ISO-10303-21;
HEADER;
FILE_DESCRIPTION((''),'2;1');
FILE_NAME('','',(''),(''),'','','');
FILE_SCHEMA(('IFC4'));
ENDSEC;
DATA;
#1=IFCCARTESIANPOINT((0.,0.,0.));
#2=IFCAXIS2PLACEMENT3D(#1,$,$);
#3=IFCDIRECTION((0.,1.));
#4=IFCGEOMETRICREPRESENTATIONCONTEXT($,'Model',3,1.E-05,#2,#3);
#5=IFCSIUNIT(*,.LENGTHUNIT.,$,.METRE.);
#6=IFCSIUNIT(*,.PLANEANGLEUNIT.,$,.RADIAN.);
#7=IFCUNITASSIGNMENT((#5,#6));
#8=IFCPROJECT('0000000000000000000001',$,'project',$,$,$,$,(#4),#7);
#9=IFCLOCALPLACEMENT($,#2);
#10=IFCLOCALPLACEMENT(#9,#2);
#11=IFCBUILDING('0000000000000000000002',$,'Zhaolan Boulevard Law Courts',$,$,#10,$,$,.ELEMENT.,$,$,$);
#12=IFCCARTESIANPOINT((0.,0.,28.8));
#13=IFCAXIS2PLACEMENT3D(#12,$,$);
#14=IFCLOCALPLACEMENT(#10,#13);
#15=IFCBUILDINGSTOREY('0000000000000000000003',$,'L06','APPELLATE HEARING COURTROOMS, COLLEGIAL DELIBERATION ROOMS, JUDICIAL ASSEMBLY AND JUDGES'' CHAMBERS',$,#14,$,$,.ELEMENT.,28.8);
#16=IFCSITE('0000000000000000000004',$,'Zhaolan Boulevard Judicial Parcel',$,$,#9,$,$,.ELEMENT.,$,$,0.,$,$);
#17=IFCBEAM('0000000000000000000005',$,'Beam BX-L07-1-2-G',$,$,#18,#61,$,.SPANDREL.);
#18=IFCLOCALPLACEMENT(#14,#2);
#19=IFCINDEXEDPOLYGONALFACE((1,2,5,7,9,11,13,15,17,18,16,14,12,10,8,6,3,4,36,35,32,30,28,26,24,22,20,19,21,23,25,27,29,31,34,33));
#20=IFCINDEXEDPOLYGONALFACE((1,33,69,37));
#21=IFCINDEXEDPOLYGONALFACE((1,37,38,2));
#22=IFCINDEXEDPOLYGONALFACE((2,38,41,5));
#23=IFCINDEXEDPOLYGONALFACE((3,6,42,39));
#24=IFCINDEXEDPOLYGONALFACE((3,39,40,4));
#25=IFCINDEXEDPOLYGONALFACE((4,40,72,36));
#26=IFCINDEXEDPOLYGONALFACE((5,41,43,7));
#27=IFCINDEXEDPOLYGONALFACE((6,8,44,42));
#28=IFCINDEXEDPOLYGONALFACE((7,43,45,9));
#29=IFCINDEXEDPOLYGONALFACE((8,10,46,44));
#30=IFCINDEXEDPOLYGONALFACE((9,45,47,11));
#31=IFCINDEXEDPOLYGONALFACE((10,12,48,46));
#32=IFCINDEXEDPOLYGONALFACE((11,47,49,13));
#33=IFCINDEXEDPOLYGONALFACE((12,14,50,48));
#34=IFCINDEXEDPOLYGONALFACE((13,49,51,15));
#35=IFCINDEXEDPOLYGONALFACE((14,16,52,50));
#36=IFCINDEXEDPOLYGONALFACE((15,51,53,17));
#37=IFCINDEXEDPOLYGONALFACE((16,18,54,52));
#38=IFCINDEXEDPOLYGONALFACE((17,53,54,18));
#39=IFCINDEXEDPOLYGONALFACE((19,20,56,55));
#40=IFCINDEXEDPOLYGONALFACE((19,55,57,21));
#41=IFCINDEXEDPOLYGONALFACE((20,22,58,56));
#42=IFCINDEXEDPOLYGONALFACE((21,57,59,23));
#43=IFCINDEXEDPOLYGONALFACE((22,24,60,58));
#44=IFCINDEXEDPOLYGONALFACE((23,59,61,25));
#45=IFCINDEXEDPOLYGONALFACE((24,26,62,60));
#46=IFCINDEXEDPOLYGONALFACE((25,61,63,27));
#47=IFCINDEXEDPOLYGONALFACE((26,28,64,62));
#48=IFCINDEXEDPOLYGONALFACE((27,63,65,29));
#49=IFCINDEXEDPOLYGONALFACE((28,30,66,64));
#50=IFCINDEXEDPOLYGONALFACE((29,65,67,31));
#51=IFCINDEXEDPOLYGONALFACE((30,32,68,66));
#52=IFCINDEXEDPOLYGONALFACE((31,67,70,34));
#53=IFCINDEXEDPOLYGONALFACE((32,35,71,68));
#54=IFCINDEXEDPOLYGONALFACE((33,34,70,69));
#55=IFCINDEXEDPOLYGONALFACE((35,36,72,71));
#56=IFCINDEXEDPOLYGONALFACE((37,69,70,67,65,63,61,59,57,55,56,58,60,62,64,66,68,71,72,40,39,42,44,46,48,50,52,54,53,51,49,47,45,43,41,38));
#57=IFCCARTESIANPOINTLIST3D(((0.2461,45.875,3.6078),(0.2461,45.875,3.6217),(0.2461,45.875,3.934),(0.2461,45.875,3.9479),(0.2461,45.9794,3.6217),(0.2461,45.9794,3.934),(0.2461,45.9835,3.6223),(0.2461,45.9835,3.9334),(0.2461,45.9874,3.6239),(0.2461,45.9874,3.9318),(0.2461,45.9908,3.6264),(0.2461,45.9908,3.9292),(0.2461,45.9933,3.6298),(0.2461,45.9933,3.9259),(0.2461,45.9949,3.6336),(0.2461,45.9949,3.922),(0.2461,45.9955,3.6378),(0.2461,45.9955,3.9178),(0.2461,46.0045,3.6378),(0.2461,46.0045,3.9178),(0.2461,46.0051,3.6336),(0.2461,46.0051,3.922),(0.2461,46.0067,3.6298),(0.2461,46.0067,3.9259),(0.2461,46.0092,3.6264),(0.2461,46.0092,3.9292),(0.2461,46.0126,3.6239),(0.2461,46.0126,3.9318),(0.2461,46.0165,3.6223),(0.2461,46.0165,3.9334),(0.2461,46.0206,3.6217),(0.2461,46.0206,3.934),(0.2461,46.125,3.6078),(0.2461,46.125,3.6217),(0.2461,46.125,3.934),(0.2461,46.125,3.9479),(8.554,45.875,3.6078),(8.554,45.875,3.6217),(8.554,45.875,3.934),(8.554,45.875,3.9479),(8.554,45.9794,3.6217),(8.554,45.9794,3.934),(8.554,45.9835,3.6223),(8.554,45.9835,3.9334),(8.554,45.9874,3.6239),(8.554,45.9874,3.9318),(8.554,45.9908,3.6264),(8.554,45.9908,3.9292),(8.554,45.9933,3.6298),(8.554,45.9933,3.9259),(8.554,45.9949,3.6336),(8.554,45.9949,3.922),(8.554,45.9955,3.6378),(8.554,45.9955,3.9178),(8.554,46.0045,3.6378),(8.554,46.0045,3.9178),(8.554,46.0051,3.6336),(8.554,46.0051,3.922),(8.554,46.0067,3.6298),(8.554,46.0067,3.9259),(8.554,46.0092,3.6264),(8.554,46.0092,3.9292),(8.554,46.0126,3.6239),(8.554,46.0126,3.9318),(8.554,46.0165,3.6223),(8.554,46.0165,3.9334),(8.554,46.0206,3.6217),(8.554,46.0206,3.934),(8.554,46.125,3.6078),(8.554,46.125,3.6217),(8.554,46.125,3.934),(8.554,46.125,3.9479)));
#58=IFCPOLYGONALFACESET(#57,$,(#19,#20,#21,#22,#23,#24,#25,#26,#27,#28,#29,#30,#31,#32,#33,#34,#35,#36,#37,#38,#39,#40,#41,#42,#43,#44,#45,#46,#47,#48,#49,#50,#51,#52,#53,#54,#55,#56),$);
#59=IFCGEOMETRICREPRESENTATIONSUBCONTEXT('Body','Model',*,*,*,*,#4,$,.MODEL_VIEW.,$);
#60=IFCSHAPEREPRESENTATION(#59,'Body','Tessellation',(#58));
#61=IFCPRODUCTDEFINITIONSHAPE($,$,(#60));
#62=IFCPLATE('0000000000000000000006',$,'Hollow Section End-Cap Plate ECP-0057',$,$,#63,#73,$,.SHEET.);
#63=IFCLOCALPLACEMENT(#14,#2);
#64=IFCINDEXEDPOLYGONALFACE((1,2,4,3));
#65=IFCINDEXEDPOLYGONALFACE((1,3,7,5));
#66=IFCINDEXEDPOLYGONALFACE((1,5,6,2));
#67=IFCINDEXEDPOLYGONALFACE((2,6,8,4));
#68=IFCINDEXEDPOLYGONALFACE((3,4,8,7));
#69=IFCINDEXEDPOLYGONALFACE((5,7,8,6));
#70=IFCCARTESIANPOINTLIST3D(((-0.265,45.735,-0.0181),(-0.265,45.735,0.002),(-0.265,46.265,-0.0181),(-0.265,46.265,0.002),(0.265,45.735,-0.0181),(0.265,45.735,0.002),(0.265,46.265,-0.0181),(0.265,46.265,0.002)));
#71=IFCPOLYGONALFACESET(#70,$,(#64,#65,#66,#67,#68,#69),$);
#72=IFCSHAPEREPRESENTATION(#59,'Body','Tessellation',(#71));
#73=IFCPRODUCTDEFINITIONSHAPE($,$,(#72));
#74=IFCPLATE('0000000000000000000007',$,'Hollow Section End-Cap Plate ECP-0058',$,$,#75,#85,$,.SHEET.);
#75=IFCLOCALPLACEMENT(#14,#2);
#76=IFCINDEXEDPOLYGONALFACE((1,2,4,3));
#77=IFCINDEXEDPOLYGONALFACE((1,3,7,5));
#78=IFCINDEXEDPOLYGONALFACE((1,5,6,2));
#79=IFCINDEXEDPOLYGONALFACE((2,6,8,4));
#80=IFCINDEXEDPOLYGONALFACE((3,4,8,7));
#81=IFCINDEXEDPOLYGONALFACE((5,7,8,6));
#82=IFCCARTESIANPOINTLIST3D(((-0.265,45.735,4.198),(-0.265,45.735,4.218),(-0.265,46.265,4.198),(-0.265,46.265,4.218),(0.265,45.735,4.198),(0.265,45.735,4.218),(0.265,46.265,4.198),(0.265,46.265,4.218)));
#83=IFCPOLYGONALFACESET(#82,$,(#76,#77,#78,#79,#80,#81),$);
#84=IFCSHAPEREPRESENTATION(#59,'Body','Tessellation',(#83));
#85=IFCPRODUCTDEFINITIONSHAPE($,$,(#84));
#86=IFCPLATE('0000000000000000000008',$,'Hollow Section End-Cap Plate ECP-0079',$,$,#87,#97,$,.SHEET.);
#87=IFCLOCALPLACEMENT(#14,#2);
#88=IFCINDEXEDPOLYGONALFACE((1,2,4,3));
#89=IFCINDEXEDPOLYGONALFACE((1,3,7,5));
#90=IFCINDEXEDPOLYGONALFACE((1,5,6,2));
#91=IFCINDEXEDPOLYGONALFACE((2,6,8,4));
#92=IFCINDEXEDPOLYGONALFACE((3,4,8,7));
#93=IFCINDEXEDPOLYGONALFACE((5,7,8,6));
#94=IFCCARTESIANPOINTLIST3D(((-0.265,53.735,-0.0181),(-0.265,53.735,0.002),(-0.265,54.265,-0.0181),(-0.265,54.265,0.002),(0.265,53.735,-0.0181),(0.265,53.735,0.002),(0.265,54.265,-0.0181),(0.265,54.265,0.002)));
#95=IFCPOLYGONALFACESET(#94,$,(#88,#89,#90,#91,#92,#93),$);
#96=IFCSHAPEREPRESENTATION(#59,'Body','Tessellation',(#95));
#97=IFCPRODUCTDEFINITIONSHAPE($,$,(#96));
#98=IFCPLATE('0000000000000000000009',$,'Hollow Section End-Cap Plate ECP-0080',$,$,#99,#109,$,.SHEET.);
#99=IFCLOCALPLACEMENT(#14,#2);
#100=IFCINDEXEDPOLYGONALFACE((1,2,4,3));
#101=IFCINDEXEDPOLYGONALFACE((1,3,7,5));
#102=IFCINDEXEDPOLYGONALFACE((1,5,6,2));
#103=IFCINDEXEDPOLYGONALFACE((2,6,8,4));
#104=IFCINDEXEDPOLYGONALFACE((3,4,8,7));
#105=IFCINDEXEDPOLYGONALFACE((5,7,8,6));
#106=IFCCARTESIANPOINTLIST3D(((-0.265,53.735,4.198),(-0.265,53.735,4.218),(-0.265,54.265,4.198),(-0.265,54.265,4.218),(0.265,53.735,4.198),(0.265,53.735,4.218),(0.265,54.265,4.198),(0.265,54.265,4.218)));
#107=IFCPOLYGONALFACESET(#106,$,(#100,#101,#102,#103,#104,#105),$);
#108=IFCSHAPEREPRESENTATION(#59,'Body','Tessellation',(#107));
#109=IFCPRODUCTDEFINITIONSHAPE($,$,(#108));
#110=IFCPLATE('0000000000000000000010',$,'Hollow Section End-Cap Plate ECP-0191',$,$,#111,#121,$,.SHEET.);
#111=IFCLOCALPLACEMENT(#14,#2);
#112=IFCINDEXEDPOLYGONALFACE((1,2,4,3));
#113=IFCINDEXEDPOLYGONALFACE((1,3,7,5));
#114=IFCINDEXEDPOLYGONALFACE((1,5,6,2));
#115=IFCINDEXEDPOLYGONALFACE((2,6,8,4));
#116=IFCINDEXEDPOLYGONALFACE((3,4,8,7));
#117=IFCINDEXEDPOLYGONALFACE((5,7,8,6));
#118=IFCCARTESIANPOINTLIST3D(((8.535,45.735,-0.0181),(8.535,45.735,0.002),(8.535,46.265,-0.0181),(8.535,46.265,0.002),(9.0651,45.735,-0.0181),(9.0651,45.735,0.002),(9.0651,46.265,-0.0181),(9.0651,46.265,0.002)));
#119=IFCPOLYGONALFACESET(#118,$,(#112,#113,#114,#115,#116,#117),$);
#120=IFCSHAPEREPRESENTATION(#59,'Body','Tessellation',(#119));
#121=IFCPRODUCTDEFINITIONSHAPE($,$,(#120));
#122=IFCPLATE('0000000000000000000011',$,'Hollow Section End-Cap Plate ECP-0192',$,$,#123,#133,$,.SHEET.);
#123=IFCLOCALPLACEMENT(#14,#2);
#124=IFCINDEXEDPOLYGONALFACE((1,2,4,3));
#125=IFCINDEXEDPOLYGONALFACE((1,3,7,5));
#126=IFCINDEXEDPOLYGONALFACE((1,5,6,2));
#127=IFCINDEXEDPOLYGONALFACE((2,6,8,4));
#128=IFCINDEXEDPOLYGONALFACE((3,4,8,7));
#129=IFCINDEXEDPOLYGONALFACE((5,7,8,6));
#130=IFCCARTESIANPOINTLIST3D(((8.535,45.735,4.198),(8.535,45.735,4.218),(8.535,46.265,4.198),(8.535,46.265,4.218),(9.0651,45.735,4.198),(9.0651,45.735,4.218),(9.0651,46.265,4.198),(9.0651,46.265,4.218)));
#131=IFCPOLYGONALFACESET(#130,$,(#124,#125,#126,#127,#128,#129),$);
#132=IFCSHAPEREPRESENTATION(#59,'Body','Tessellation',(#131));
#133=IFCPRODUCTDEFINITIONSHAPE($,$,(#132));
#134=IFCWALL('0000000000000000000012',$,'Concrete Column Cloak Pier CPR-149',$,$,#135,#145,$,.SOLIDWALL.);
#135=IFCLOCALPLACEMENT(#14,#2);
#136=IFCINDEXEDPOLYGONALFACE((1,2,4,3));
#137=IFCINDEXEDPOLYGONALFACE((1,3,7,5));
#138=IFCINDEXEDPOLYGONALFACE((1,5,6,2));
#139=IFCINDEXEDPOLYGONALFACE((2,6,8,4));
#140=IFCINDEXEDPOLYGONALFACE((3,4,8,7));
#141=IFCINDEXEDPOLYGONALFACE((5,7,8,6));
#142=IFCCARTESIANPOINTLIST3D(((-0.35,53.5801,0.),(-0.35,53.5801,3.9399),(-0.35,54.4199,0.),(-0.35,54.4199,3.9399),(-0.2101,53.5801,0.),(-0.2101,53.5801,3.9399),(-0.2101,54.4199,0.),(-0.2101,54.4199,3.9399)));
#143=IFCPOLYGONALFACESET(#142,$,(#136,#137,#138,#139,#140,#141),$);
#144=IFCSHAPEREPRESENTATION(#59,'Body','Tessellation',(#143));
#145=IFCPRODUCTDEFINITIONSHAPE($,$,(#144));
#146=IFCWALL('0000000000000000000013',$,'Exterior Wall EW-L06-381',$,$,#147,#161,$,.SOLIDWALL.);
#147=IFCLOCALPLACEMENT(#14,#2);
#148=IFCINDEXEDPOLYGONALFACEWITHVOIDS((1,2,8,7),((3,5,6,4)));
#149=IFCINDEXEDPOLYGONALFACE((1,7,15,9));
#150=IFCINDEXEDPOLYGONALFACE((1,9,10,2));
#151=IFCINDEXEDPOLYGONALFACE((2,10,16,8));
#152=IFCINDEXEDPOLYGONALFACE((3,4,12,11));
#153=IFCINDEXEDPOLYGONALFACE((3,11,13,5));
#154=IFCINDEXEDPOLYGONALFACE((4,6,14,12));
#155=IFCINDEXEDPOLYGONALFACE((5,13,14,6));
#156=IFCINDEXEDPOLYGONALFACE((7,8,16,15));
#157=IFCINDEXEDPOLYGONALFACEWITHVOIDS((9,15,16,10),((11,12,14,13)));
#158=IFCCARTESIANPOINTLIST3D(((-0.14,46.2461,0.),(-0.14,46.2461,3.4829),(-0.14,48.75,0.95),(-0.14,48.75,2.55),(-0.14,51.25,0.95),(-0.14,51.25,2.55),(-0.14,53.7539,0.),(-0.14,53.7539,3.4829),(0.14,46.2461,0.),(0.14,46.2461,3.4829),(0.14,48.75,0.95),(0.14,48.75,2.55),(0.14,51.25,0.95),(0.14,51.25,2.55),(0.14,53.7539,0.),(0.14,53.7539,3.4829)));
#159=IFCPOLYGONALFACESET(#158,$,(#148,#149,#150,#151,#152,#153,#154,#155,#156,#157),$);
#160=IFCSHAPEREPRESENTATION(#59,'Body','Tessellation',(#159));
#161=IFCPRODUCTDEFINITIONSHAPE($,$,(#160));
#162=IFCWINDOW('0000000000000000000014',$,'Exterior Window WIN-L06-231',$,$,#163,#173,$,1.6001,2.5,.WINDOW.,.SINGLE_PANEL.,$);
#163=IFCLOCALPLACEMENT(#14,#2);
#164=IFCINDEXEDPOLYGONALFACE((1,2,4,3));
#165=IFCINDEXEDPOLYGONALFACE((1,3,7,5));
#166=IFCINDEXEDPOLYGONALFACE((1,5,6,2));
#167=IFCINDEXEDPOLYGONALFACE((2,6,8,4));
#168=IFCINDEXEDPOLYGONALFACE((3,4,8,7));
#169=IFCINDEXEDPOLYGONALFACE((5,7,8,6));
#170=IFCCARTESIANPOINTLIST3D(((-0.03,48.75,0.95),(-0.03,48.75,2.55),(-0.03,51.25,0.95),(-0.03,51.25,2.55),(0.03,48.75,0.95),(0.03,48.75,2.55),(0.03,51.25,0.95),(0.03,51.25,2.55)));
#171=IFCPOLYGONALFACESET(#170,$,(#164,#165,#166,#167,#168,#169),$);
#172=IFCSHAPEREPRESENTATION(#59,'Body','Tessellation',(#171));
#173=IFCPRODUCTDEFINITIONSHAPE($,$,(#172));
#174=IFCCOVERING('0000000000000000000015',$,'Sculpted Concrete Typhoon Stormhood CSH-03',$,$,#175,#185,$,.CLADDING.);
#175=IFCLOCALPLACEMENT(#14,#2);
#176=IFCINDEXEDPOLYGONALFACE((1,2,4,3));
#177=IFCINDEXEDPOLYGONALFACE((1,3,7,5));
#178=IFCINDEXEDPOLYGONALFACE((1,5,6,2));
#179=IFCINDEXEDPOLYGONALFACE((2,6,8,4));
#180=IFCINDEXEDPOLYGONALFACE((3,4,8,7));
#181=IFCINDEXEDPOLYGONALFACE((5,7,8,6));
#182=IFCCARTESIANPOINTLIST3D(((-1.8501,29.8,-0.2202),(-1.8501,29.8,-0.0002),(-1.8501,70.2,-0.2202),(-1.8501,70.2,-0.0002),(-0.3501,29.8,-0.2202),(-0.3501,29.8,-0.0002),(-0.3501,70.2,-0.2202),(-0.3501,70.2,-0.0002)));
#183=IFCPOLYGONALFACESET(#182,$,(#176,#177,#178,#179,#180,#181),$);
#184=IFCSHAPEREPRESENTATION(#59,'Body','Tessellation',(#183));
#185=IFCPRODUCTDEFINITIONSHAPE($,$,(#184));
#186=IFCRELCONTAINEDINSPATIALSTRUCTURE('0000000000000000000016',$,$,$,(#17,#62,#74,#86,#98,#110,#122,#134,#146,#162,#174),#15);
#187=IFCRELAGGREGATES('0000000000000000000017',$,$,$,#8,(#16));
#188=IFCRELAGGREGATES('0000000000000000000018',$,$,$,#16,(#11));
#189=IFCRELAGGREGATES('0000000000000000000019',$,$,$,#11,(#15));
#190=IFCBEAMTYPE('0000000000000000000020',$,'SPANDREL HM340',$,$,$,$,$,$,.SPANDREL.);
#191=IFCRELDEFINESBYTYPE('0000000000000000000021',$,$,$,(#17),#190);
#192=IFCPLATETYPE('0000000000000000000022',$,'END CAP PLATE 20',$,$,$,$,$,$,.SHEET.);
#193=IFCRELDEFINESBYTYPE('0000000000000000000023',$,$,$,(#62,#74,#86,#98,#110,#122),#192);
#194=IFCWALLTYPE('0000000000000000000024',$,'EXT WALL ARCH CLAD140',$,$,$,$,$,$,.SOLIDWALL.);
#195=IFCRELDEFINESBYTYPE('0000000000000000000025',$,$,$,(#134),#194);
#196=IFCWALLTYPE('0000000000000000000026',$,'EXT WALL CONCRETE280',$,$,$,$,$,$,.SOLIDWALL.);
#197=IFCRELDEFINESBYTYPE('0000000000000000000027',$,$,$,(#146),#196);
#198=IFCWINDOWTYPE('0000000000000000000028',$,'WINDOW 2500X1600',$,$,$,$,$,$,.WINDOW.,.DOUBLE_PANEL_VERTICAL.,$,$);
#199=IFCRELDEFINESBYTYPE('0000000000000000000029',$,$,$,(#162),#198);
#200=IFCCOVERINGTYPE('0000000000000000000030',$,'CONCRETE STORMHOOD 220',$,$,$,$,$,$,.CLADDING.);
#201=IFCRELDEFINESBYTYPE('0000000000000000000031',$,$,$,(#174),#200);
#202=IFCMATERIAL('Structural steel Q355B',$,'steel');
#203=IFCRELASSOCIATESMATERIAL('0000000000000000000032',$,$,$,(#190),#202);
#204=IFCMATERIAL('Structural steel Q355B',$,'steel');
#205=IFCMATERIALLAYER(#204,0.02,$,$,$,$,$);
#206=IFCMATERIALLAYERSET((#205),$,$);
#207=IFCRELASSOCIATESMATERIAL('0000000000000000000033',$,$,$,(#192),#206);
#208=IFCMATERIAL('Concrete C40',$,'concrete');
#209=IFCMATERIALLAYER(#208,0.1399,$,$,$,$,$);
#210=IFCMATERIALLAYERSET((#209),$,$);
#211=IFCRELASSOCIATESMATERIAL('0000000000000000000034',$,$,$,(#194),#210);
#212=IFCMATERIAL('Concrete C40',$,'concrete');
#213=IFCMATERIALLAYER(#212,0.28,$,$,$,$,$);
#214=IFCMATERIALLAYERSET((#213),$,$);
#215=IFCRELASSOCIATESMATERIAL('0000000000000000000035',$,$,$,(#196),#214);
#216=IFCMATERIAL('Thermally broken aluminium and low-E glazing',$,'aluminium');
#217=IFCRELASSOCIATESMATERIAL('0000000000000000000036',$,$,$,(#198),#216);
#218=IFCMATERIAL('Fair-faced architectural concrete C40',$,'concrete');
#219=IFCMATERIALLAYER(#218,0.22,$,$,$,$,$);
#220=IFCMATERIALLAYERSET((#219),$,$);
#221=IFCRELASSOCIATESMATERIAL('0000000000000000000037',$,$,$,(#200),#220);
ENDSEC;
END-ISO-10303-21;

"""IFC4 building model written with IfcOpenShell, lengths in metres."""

from ifc_helpers import new_model, si_unit, direction, frame, frame_2d, origin, origin_2d, place, context, subcontext, project, spatial, rectangle, i_section, extrude, material, layer, layer_set, material_profile, profile_set, type_object, element, fill, save


model = new_model("IFC4")

# Units and contexts
model_context = context("Model", 3, precision=1e-05, world=origin(), true_north=direction((0.0, 1.0)))
body_context = subcontext(model_context, "Body", "Model", "MODEL_VIEW")
ifc_project = project(units=[si_unit("LENGTHUNIT", "METRE"), si_unit("PLANEANGLEUNIT", "RADIAN")], contexts=[model_context])

# Site, building, storey
site_placement = place(None, origin())
site = spatial("IfcSite", under=ifc_project, at=site_placement, Name="Zhaolan Boulevard Judicial Parcel", CompositionType="ELEMENT", RefElevation=0.0)
building_placement = place(site_placement, origin())
building = spatial("IfcBuilding", under=site, at=building_placement, Name="Zhaolan Boulevard Law Courts", CompositionType="ELEMENT")
storey_placement = place(building_placement, frame((0.0, 0.0, 28.8)))
storey = spatial("IfcBuildingStorey", under=building, at=storey_placement, Name="L06", Description="APPELLATE HEARING COURTROOMS, COLLEGIAL DELIBERATION ROOMS, JUDICIAL ASSEMBLY AND JUDGES' CHAMBERS", CompositionType="ELEMENT", Elevation=28.8)

# Beam
ifc_material_1 = material(Name="Structural steel Q355B", Category="steel")
ifc_material_profile_1 = material_profile(ifc_material_1, i_section(OverallWidth=0.25, OverallDepth=0.3401, WebThickness=0.009, FlangeThickness=0.0139, FilletRadius=0.0161, at=origin_2d()), Name="HM340x250")
ifc_profile_set_1 = profile_set([ifc_material_profile_1], Name="Structural steel Q355B")
beam_type_1 = type_object("IfcBeamType", Name="SPANDREL HM340", PredefinedType="SPANDREL", material=ifc_profile_set_1)
beam_1_placement = place(storey_placement, frame((0.2461, 46.0, 3.7778), z_axis=(1.0, 0.0, 0.0), x_axis=(0.0, 1.0, 0.0)))
element("IfcBeam", 1, at=beam_1_placement, inside=storey, type_object=beam_type_1, Name="Beam BX-L07-1-2-G", PredefinedType="SPANDREL", context=body_context, shape_type="SweptSolid", body=[
    extrude(i_section(OverallWidth=0.25, OverallDepth=0.3401, WebThickness=0.009, FlangeThickness=0.0139, FilletRadius=0.0161, at=origin_2d()), origin(), (0.0, 0.0, 1.0), 8.3079),
])

# Plates
ifc_material_2 = material(Name="Structural steel Q355B", Category="steel")
ifc_layer_1 = layer(ifc_material_2, 0.02)
ifc_layer_set_1 = layer_set([ifc_layer_1])
plate_type = type_object("IfcPlateType", Name="END CAP PLATE 20", PredefinedType="SHEET", material=ifc_layer_set_1)
for number, where, z_axis, x_axis, name in (
    (2, (0.0, 46.0, -0.0181), (0.0, 0.0, 1.0), (1.0, 0.0, 0.0), "Hollow Section End-Cap Plate ECP-0057"),
    (3, (0.0, 46.0, 4.198), (0.0, 0.0, 1.0), (1.0, 0.0, 0.0), "Hollow Section End-Cap Plate ECP-0058"),
    (4, (0.0, 54.0, -0.0181), (0.0, 0.0, 1.0), (1.0, 0.0, 0.0), "Hollow Section End-Cap Plate ECP-0079"),
    (5, (0.0, 54.0, 4.198), (0.0, 0.0, 1.0), (1.0, 0.0, 0.0), "Hollow Section End-Cap Plate ECP-0080"),
    (6, (8.8, 46.0, -0.0181), (0.0, 0.0, 1.0), (1.0, 0.0, 0.0), "Hollow Section End-Cap Plate ECP-0191"),
    (7, (8.8, 46.0, 4.198), (0.0, 0.0, 1.0), (1.0, 0.0, 0.0), "Hollow Section End-Cap Plate ECP-0192"),
):
    element("IfcPlate", number, at=place(storey_placement, frame(where, z_axis=z_axis, x_axis=x_axis)), inside=storey, type_object=plate_type, Name=name, PredefinedType="SHEET", context=body_context, shape_type="SweptSolid", body=[
        extrude(rectangle(XDim=0.53, YDim=0.53, at=origin_2d()), origin(), (0.0, 0.0, 1.0), 0.02),
    ])

# Wall
ifc_material_3 = material(Name="Concrete C40", Category="concrete")
ifc_layer_2 = layer(ifc_material_3, 0.1399)
ifc_layer_set_2 = layer_set([ifc_layer_2])
wall_type_1 = type_object("IfcWallType", Name="EXT WALL ARCH CLAD140", PredefinedType="SOLIDWALL", material=ifc_layer_set_2)
wall_1_placement = place(storey_placement, frame((-0.28, 53.5801, 0.0), z_axis=(0.0, 0.0, 1.0), x_axis=(0.0, 1.0, 0.0)))
element("IfcWall", 8, at=wall_1_placement, inside=storey, type_object=wall_type_1, Name="Concrete Column Cloak Pier CPR-149", PredefinedType="SOLIDWALL", context=body_context, shape_type="SweptSolid", body=[
    extrude(rectangle(XDim=0.8398, YDim=0.1399, at=frame_2d((0.4199, 0.0))), origin(), (0.0, 0.0, 1.0), 3.9399),
])

# Wall, opening, window
ifc_material_4 = material(Name="Concrete C40", Category="concrete")
ifc_layer_3 = layer(ifc_material_4, 0.28)
ifc_layer_set_3 = layer_set([ifc_layer_3])
wall_type_2 = type_object("IfcWallType", Name="EXT WALL CONCRETE280", PredefinedType="SOLIDWALL", material=ifc_layer_set_3)
wall_2_placement = place(storey_placement, frame((0.0, 53.7539, 0.0), z_axis=(0.0, 0.0, 1.0), x_axis=(0.0, -1.0, 0.0)))
wall_2 = element("IfcWall", 9, at=wall_2_placement, inside=storey, type_object=wall_type_2, Name="Exterior Wall EW-L06-381", PredefinedType="SOLIDWALL", context=body_context, shape_type="SweptSolid", body=[
    extrude(rectangle(XDim=7.5078, YDim=0.28, at=frame_2d((3.7539, 0.0))), origin(), (0.0, 0.0, 1.0), 3.4829),
])
opening_placement = place(wall_2_placement, frame((2.5039, 0.0, 0.95)))
opening = element("IfcOpeningElement", 10, at=opening_placement, cuts=wall_2, PredefinedType="OPENING", context=body_context, shape_type="SweptSolid", body=[
    extrude(rectangle(XDim=2.5, YDim=1.6001, at=frame_2d((1.25, 0.8))), frame((0.0, 0.1499, 0.0), z_axis=(0.0, -1.0, 0.0), x_axis=(1.0, 0.0, 0.0)), (0.0, 0.0, 1.0), 0.3),
])
ifc_material_5 = material(Name="Thermally broken aluminium and low-E glazing", Category="aluminium")
window_type = type_object("IfcWindowType", Name="WINDOW 2500X1600", PartitioningType="DOUBLE_PANEL_VERTICAL", PredefinedType="WINDOW", material=ifc_material_5)
window_placement = place(opening_placement, origin())
window = element("IfcWindow", 11, at=window_placement, inside=storey, type_object=window_type, Name="Exterior Window WIN-L06-231", OverallHeight=1.6001, OverallWidth=2.5, PartitioningType="SINGLE_PANEL", PredefinedType="WINDOW", context=body_context, shape_type="SweptSolid", body=[
    extrude(rectangle(XDim=2.5, YDim=1.6001, at=frame_2d((1.25, 0.8))), frame((0.0, 0.03, 0.0), z_axis=(0.0, -1.0, 0.0), x_axis=(1.0, 0.0, 0.0)), (0.0, 0.0, 1.0), 0.0601),
])
fill(opening, window)

# Covering
ifc_material_6 = material(Name="Fair-faced architectural concrete C40", Category="concrete")
ifc_layer_4 = layer(ifc_material_6, 0.22)
ifc_layer_set_4 = layer_set([ifc_layer_4])
covering_type = type_object("IfcCoveringType", Name="CONCRETE STORMHOOD 220", PredefinedType="CLADDING", material=ifc_layer_set_4)
covering_placement = place(storey_placement, frame((-1.1001, 50.0, -0.2202), z_axis=(0.0, 0.0, 1.0), x_axis=(1.0, 0.0, 0.0)))
element("IfcCovering", 12, at=covering_placement, inside=storey, type_object=covering_type, Name="Sculpted Concrete Typhoon Stormhood CSH-03", PredefinedType="CLADDING", context=body_context, shape_type="SweptSolid", body=[
    extrude(rectangle(XDim=1.5, YDim=40.3999, at=origin_2d()), origin(), (0.0, 0.0, 1.0), 0.22),
])

save(model, "model.ifc")
